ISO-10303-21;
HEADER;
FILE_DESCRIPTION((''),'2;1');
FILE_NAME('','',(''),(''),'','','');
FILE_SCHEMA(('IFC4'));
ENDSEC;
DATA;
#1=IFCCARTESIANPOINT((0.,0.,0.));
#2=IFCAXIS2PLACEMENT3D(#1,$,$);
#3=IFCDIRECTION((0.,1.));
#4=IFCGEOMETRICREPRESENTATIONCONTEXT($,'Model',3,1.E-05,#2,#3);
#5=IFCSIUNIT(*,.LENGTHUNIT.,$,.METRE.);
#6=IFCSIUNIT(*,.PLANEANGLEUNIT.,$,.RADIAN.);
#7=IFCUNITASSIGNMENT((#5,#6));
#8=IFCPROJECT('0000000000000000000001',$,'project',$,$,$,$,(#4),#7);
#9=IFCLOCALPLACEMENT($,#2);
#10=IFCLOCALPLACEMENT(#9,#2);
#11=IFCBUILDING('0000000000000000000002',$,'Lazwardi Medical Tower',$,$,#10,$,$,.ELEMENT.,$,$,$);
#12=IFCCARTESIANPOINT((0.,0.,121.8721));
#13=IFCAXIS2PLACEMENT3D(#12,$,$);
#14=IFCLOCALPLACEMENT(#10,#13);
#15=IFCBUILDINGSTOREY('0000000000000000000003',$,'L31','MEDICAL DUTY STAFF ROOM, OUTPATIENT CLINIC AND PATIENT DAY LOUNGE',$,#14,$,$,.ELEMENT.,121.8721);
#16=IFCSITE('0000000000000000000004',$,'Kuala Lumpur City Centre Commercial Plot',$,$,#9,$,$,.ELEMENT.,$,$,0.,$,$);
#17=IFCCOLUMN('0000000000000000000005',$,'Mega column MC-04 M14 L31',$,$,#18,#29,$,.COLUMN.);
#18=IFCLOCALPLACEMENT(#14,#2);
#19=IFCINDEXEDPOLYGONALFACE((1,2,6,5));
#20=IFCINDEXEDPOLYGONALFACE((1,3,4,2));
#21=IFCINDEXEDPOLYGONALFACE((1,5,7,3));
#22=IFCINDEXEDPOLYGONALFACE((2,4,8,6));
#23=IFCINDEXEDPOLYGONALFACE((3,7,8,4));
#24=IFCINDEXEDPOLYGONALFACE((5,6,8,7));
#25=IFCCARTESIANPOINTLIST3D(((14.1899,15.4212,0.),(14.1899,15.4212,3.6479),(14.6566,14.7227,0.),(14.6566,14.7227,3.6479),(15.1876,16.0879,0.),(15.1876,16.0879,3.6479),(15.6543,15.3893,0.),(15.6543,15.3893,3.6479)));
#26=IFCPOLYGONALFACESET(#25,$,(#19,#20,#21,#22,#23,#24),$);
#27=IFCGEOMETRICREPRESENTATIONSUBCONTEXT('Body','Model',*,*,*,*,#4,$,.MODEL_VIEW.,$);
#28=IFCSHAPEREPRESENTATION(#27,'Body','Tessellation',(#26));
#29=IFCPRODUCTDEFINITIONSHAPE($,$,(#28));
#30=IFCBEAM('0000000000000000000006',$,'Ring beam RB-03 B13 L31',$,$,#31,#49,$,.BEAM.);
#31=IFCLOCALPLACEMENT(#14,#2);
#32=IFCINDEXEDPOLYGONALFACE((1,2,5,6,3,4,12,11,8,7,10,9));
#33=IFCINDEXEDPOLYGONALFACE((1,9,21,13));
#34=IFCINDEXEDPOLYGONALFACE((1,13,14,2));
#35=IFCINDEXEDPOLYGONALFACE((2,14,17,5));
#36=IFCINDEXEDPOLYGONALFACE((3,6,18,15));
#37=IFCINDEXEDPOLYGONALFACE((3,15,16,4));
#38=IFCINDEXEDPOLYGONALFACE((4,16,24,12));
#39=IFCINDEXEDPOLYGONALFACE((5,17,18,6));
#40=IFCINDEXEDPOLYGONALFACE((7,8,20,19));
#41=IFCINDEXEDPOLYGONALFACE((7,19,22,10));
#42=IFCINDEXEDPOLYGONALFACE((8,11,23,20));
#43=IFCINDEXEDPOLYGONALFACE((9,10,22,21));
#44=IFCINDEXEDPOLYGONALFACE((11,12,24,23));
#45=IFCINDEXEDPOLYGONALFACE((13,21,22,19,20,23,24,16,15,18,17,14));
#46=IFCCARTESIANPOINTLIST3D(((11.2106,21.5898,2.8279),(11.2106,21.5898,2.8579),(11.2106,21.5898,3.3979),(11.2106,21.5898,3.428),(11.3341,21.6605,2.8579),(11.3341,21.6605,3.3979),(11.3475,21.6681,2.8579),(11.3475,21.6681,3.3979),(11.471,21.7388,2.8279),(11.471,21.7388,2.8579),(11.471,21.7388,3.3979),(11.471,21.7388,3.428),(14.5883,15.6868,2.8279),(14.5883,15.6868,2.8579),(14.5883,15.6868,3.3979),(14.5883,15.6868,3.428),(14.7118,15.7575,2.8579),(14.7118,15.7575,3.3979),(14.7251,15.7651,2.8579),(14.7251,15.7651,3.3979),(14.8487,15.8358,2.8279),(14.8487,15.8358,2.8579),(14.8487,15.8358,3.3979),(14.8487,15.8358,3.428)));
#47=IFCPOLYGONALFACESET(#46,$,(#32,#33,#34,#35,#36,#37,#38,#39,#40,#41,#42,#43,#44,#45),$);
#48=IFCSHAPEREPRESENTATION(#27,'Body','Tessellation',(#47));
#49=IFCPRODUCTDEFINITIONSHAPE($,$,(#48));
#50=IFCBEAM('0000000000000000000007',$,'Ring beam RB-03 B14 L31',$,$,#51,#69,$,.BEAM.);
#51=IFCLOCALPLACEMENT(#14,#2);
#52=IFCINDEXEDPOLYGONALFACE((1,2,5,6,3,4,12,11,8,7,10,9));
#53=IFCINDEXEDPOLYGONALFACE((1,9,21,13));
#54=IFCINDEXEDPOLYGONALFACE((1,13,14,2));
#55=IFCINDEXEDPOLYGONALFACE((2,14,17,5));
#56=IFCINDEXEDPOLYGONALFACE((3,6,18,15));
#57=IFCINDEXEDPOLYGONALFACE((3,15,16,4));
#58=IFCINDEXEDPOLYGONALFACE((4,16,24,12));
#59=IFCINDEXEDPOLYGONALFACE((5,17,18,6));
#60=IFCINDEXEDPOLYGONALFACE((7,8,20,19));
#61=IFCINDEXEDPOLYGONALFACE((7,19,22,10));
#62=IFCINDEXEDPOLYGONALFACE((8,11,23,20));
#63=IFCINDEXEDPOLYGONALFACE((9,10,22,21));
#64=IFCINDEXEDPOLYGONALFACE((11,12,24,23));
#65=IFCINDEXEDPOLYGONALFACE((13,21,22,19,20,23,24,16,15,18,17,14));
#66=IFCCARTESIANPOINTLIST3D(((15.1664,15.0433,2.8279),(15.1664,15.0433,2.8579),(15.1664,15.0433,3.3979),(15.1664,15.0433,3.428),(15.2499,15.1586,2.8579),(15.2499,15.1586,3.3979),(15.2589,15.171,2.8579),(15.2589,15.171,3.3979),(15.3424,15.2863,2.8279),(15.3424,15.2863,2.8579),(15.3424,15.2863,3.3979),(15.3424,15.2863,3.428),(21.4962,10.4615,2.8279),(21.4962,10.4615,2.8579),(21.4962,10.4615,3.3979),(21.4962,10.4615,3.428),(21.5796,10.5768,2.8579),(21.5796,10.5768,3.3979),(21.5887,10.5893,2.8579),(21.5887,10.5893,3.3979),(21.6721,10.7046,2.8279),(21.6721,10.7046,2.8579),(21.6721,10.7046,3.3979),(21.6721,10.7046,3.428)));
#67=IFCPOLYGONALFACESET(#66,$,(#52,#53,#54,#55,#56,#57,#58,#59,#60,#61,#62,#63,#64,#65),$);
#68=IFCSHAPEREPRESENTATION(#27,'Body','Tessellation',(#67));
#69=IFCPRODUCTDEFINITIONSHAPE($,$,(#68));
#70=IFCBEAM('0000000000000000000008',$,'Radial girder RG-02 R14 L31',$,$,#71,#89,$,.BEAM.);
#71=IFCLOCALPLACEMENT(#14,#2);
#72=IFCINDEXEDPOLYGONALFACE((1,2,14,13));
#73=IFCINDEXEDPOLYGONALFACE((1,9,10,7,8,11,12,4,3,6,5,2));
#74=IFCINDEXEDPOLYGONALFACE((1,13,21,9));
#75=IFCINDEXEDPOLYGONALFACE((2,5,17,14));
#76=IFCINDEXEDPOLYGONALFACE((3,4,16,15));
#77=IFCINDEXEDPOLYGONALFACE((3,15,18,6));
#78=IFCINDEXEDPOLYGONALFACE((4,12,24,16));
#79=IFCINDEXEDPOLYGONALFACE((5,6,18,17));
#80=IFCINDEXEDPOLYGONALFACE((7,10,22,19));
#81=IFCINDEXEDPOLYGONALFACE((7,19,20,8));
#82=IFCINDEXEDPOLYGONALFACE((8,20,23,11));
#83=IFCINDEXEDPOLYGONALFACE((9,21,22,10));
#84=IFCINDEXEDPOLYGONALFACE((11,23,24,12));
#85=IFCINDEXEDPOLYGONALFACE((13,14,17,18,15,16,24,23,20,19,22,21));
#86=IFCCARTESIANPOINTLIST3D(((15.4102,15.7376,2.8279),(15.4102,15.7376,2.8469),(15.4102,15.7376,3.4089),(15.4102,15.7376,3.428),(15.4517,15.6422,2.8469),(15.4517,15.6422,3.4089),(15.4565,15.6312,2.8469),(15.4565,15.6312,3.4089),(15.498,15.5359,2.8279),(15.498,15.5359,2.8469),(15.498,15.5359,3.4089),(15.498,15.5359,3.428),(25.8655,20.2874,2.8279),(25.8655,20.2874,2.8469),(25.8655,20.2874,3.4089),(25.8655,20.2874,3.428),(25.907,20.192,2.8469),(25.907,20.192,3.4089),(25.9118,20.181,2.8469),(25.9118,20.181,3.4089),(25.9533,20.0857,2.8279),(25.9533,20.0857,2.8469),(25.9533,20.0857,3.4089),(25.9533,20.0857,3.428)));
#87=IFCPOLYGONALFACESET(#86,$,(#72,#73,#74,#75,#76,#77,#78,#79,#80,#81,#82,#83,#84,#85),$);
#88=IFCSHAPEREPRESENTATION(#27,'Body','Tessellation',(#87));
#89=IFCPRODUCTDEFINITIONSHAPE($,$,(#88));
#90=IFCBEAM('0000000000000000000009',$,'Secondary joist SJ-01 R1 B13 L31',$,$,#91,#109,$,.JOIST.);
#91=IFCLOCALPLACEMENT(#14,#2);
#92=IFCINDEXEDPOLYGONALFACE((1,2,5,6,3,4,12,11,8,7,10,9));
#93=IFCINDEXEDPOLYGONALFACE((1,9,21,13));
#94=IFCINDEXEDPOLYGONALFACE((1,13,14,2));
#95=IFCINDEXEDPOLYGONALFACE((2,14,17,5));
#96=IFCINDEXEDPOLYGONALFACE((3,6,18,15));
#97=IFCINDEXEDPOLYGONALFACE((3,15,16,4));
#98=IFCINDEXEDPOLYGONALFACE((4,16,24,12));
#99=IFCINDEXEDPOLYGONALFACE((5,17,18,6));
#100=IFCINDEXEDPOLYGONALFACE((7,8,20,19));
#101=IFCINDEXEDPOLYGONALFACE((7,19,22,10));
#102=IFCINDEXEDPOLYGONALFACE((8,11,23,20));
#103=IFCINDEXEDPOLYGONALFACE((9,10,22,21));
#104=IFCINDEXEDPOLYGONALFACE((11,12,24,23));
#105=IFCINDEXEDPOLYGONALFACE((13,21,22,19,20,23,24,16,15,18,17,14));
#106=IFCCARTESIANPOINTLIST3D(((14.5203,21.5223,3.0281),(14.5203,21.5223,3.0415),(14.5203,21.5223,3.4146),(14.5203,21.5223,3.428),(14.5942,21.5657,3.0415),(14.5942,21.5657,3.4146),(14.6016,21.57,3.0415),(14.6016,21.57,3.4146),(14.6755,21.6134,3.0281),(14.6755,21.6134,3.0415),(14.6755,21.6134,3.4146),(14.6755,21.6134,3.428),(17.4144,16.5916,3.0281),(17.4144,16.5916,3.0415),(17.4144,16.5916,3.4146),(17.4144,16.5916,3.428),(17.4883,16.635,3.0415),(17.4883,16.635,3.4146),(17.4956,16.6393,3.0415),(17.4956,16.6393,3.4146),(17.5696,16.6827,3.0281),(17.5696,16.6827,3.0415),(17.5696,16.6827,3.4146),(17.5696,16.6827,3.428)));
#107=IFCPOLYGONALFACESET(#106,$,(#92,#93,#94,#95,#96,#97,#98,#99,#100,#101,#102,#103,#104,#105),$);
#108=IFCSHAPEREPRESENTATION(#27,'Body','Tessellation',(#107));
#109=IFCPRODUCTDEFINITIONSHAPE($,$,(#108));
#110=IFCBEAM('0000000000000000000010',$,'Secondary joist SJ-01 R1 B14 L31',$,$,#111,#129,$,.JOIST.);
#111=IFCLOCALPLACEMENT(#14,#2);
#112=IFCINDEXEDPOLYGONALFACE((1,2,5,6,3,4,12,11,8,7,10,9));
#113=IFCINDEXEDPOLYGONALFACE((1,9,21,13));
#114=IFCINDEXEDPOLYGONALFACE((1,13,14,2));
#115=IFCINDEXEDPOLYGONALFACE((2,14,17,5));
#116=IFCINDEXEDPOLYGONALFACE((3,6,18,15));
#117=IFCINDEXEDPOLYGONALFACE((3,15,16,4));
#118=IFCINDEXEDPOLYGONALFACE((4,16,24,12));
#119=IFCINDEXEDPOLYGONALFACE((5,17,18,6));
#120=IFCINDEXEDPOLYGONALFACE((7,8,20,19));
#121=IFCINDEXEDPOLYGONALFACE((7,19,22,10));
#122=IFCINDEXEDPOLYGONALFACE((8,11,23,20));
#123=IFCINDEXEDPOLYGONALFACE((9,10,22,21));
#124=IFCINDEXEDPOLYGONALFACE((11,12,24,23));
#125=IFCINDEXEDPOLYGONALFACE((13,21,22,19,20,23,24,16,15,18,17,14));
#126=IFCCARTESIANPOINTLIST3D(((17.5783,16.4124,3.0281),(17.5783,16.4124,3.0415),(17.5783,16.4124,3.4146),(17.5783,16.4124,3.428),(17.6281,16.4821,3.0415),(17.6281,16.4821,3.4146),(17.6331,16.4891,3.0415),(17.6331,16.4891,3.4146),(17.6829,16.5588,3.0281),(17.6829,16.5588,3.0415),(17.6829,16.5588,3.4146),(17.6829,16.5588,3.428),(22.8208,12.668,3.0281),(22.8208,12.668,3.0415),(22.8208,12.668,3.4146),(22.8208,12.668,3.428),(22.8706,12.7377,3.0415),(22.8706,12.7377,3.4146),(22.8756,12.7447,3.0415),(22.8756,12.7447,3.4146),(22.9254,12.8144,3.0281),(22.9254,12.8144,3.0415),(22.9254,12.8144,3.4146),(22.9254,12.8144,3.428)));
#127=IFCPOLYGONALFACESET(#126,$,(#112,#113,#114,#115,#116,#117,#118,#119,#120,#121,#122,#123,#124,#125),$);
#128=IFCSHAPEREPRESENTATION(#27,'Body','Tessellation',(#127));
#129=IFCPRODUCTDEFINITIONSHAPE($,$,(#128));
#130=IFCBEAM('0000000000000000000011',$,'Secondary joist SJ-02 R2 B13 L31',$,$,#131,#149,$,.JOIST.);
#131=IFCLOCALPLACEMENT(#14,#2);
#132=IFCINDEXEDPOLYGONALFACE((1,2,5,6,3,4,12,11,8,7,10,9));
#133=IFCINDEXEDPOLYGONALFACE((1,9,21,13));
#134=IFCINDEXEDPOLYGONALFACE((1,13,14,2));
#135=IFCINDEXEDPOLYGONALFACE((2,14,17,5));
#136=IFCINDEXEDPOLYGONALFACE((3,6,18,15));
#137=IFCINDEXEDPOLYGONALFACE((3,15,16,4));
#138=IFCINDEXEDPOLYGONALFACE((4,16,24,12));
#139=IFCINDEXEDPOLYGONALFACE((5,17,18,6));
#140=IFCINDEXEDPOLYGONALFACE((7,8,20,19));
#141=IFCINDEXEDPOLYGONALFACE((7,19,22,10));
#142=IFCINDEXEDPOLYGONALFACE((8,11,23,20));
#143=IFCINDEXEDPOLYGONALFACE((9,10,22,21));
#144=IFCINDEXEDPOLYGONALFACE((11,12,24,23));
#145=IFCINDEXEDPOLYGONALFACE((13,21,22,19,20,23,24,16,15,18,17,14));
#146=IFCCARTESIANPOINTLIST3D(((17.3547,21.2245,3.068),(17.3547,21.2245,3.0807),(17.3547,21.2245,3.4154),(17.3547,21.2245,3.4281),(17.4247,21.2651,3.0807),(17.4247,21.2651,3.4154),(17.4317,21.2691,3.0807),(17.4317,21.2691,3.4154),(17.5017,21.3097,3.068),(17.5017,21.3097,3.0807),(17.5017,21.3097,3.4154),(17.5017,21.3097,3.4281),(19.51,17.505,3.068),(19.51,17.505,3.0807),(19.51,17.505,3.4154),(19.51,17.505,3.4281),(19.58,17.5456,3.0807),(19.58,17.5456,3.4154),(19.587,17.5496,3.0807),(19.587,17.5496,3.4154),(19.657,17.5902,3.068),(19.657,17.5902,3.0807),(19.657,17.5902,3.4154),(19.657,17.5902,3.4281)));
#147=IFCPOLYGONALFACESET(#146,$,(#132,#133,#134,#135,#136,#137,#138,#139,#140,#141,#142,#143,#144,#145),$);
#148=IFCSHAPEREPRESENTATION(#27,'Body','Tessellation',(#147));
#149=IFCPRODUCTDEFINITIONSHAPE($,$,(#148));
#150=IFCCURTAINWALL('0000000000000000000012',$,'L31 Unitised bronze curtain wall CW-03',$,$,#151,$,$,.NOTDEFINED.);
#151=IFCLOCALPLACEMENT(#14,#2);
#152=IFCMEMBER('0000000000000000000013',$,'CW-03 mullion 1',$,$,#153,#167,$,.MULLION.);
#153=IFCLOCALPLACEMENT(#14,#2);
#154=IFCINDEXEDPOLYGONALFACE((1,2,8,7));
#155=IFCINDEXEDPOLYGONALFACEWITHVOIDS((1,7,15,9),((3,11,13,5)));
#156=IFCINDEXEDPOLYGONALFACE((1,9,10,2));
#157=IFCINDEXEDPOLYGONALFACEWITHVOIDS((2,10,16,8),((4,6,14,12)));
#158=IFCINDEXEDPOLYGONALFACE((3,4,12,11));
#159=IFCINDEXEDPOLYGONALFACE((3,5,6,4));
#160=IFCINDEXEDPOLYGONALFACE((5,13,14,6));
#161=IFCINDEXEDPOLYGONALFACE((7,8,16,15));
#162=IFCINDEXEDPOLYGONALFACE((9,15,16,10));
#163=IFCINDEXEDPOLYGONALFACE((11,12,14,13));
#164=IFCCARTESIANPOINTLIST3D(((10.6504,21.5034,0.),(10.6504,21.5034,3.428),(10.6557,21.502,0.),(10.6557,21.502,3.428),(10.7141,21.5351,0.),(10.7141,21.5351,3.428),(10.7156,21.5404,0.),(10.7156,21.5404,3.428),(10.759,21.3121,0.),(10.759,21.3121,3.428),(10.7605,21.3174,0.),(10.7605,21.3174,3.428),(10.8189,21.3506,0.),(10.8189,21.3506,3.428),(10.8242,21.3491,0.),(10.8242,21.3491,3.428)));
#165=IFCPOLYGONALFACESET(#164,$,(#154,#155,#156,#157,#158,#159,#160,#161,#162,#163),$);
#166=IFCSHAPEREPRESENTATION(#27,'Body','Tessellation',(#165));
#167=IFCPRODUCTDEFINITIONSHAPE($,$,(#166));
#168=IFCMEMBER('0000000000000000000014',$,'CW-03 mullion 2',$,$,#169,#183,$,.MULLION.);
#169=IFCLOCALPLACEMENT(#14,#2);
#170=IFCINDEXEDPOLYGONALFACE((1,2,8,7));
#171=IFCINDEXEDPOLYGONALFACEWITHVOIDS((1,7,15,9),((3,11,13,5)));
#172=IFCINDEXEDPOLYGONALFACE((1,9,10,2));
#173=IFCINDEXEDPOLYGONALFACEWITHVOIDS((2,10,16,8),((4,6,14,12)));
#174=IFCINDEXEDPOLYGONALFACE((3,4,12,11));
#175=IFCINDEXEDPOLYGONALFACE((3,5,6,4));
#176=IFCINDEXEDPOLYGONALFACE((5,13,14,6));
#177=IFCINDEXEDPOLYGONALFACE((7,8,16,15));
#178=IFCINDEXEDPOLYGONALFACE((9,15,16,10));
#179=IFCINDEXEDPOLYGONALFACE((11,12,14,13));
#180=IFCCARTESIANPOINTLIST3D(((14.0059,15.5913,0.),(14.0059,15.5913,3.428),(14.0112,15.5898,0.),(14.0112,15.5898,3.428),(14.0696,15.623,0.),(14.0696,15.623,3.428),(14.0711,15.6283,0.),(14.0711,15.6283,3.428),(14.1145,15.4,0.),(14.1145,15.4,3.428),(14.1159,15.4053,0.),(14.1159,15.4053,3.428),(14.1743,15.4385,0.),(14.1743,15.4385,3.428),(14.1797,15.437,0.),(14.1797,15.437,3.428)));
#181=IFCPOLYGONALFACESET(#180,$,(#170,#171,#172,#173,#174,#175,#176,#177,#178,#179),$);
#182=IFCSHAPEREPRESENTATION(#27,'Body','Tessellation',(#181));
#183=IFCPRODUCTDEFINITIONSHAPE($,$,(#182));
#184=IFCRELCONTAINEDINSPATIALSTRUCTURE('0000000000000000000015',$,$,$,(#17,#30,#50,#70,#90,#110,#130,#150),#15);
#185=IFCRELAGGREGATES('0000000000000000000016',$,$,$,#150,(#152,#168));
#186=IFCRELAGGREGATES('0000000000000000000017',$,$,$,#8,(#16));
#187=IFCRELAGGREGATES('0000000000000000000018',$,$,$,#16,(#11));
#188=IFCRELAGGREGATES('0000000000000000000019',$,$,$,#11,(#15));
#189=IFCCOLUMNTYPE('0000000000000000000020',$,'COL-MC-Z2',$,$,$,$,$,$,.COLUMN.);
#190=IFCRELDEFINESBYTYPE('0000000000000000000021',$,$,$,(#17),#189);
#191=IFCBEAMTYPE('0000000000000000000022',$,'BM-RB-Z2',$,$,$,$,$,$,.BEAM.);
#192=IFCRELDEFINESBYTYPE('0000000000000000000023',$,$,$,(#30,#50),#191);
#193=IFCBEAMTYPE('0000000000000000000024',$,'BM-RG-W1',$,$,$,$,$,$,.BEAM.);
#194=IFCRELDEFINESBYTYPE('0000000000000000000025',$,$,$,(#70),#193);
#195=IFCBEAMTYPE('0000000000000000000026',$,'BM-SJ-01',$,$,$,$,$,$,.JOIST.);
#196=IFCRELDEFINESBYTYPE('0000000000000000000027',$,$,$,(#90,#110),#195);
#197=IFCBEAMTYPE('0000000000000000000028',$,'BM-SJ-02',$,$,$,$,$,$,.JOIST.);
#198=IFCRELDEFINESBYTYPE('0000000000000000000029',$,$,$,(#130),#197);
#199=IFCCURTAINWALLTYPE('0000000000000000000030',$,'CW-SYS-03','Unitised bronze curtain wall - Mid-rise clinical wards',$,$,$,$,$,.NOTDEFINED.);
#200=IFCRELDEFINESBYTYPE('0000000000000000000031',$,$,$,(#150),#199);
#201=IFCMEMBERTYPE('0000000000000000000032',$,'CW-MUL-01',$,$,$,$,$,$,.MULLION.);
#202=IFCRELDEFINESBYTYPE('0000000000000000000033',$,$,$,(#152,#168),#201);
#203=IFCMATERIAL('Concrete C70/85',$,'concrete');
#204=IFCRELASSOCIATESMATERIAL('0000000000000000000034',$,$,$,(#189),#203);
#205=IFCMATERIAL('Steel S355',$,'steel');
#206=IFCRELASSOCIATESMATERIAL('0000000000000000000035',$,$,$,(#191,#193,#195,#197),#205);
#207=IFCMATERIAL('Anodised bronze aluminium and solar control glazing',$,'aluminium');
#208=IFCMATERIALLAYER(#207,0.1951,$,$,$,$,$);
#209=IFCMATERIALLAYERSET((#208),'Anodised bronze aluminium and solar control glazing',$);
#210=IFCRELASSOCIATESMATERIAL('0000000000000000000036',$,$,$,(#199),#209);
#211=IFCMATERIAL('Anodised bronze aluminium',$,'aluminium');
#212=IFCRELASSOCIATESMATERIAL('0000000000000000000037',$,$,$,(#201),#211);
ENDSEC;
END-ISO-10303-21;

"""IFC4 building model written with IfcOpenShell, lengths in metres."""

from ifc_helpers import new_model, si_unit, direction, frame, origin, origin_2d, place, context, subcontext, project, spatial, rectangle, hollow_rectangle, i_section, extrude, material, layer, layer_set, material_profile, profile_set, type_object, element, aggregate, save


model = new_model("IFC4")

# Units and contexts
model_context = context("Model", 3, precision=1e-05, world=origin(), true_north=direction((0.0, 1.0)))
body_context = subcontext(model_context, "Body", "Model", "MODEL_VIEW")
ifc_project = project(units=[si_unit("LENGTHUNIT", "METRE"), si_unit("PLANEANGLEUNIT", "RADIAN")], contexts=[model_context])

# Site, building, storey
site_placement = place(None, origin())
site = spatial("IfcSite", under=ifc_project, at=site_placement, Name="Kuala Lumpur City Centre Commercial Plot", CompositionType="ELEMENT", RefElevation=0.0)
building_placement = place(site_placement, origin())
building = spatial("IfcBuilding", under=site, at=building_placement, Name="Lazwardi Medical Tower", CompositionType="ELEMENT")
storey_placement = place(building_placement, frame((0.0, 0.0, 121.8721)))
storey = spatial("IfcBuildingStorey", under=building, at=storey_placement, Name="L31", Description="MEDICAL DUTY STAFF ROOM, OUTPATIENT CLINIC AND PATIENT DAY LOUNGE", CompositionType="ELEMENT", Elevation=121.8721)

# Column
ifc_material_1 = material(Name="Concrete C70/85", Category="concrete")
ifc_material_profile_1 = material_profile(ifc_material_1, rectangle(XDim=1.2, YDim=0.8401, at=origin_2d()), Name="CFT-RECT 1200x840")
ifc_profile_set_1 = profile_set([ifc_material_profile_1], Name="Concrete C70/85")
column_type = type_object("IfcColumnType", Name="COL-MC-Z2", PredefinedType="COLUMN", material=ifc_profile_set_1)
column_placement = place(storey_placement, frame((14.9221, 15.4053, 0.0), z_axis=(0.0, 0.0, 1.0), x_axis=(-0.83147, -0.55557, 0.0)))
element("IfcColumn", 1, at=column_placement, inside=storey, type_object=column_type, Name="Mega column MC-04 M14 L31", PredefinedType="COLUMN", context=body_context, shape_type="SweptSolid", body=[
    extrude(rectangle(XDim=1.2, YDim=0.8401, at=origin_2d()), origin(), (0.0, 0.0, 1.0), 3.6479),
])

# Beams
ifc_material_2 = material(Name="Steel S355", Category="steel")
ifc_material_profile_2 = material_profile(ifc_material_2, i_section(OverallWidth=0.3, OverallDepth=0.6001, WebThickness=0.0154, FlangeThickness=0.03, at=origin_2d()), Name="HEB 600")
ifc_profile_set_2 = profile_set([ifc_material_profile_2], Name="Steel S355")
beam_type_1 = type_object("IfcBeamType", Name="BM-RB-Z2", PredefinedType="BEAM", material=ifc_profile_set_2)
beam_1_placement = place(storey_placement, frame((11.3408, 21.6643, 3.1279), z_axis=(0.496638, -0.867958, 0.0), x_axis=(0.867958, 0.496638, 0.0)))
element("IfcBeam", 2, at=beam_1_placement, inside=storey, type_object=beam_type_1, Name="Ring beam RB-03 B13 L31", PredefinedType="BEAM", context=body_context, shape_type="SweptSolid", body=[
    extrude(i_section(OverallWidth=0.3, OverallDepth=0.6001, WebThickness=0.0154, FlangeThickness=0.03, at=origin_2d()), origin(), (0.0, 0.0, 1.0), 6.801),
])
beam_2_placement = place(storey_placement, frame((15.2544, 15.1648, 3.1279), z_axis=(0.810057, -0.586351, 0.0), x_axis=(0.586351, 0.810057, 0.0)))
element("IfcBeam", 3, at=beam_2_placement, inside=storey, type_object=beam_type_1, Name="Ring beam RB-03 B14 L31", PredefinedType="BEAM", context=body_context, shape_type="SweptSolid", body=[
    extrude(i_section(OverallWidth=0.3, OverallDepth=0.6001, WebThickness=0.0154, FlangeThickness=0.03, at=origin_2d()), origin(), (0.0, 0.0, 1.0), 7.814),
])
ifc_material_profile_3 = material_profile(ifc_material_2, i_section(OverallWidth=0.22, OverallDepth=0.6001, WebThickness=0.012, FlangeThickness=0.019, at=origin_2d()), Name="IPE 600")
ifc_profile_set_3 = profile_set([ifc_material_profile_3], Name="Steel S355")
beam_type_2 = type_object("IfcBeamType", Name="BM-RG-W1", PredefinedType="BEAM", material=ifc_profile_set_3)
beam_3_placement = place(storey_placement, frame((15.4541, 15.6367, 3.1279), z_axis=(0.916941, 0.399022, 0.0), x_axis=(-0.399022, 0.916941, 0.0)))
element("IfcBeam", 4, at=beam_3_placement, inside=storey, type_object=beam_type_2, Name="Radial girder RG-02 R14 L31", PredefinedType="BEAM", context=body_context, shape_type="SweptSolid", body=[
    extrude(i_section(OverallWidth=0.22, OverallDepth=0.6001, WebThickness=0.012, FlangeThickness=0.019, at=origin_2d()), origin(), (0.0, 0.0, 1.0), 11.4023),
])
ifc_material_profile_4 = material_profile(ifc_material_2, i_section(OverallWidth=0.1799, OverallDepth=0.3999, WebThickness=0.0085, FlangeThickness=0.0134, at=origin_2d()), Name="IPE 400")
ifc_profile_set_4 = profile_set([ifc_material_profile_4], Name="Steel S355")
beam_type_3 = type_object("IfcBeamType", Name="BM-SJ-01", PredefinedType="JOIST", material=ifc_profile_set_4)
beam_4_placement = place(storey_placement, frame((14.5979, 21.5679, 3.228), z_axis=(0.506195, -0.862419, 0.0), x_axis=(0.862419, 0.506195, 0.0)))
element("IfcBeam", 5, at=beam_4_placement, inside=storey, type_object=beam_type_3, Name="Secondary joist SJ-01 R1 B13 L31", PredefinedType="JOIST", context=body_context, shape_type="SweptSolid", body=[
    extrude(i_section(OverallWidth=0.1799, OverallDepth=0.3999, WebThickness=0.0085, FlangeThickness=0.0134, at=origin_2d()), origin(), (0.0, 0.0, 1.0), 5.7173),
])
beam_5_placement = place(storey_placement, frame((17.6306, 16.4856, 3.228), z_axis=(0.813749, -0.581217, 0.0), x_axis=(0.581217, 0.813749, 0.0)))
element("IfcBeam", 6, at=beam_5_placement, inside=storey, type_object=beam_type_3, Name="Secondary joist SJ-01 R1 B14 L31", PredefinedType="JOIST", context=body_context, shape_type="SweptSolid", body=[
    extrude(i_section(OverallWidth=0.1799, OverallDepth=0.3999, WebThickness=0.0085, FlangeThickness=0.0134, at=origin_2d()), origin(), (0.0, 0.0, 1.0), 6.4424),
])
ifc_material_profile_5 = material_profile(ifc_material_2, i_section(OverallWidth=0.1699, OverallDepth=0.3601, WebThickness=0.0081, FlangeThickness=0.0127, at=origin_2d()), Name="IPE 360")
ifc_profile_set_5 = profile_set([ifc_material_profile_5], Name="Steel S355")
beam_type_4 = type_object("IfcBeamType", Name="BM-SJ-02", PredefinedType="JOIST", material=ifc_profile_set_5)
beam_6_placement = place(storey_placement, frame((17.4282, 21.2671, 3.248), z_axis=(0.501365, -0.865236, 0.0), x_axis=(0.865236, 0.501365, 0.0)))
element("IfcBeam", 7, at=beam_6_placement, inside=storey, type_object=beam_type_4, Name="Secondary joist SJ-02 R2 B13 L31", PredefinedType="JOIST", context=body_context, shape_type="SweptSolid", body=[
    extrude(i_section(OverallWidth=0.1699, OverallDepth=0.3601, WebThickness=0.0081, FlangeThickness=0.0127, at=origin_2d()), origin(), (0.0, 0.0, 1.0), 4.2988),
])

# Curtain wall, members
ifc_material_3 = material(Name="Anodised bronze aluminium and solar control glazing", Category="aluminium")
ifc_layer_1 = layer(ifc_material_3, 0.1951)
ifc_layer_set_1 = layer_set([ifc_layer_1], Name="Anodised bronze aluminium and solar control glazing")
curtain_wall_type = type_object("IfcCurtainWallType", Name="CW-SYS-03", Description="Unitised bronze curtain wall - Mid-rise clinical wards", PredefinedType="NOTDEFINED", material=ifc_layer_set_1)
curtain_wall_1_placement = place(storey_placement, origin())
curtain_wall_1 = element("IfcCurtainWall", 8, at=curtain_wall_1_placement, inside=storey, type_object=curtain_wall_type, Name="L31 Unitised bronze curtain wall CW-03", PredefinedType="NOTDEFINED")
ifc_material_4 = material(Name="Anodised bronze aluminium", Category="aluminium")
ifc_material_profile_6 = material_profile(ifc_material_4, hollow_rectangle(XDim=0.075, YDim=0.22, WallThickness=0.0039, at=origin_2d()), Name="ALU-MULLION 220x75x4")
ifc_profile_set_6 = profile_set([ifc_material_profile_6], Name="Anodised bronze aluminium")
member_type_1 = type_object("IfcMemberType", Name="CW-MUL-01", PredefinedType="MULLION", material=ifc_profile_set_6)
member_1_placement = place(storey_placement, frame((10.7373, 21.4263, 0.0), z_axis=(0.0, 0.0, 1.0), x_axis=(0.869687, 0.493603, 0.0)))
member_1 = element("IfcMember", 9, at=member_1_placement, type_object=member_type_1, Name="CW-03 mullion 1", PredefinedType="MULLION", context=body_context, shape_type="SweptSolid", body=[
    extrude(hollow_rectangle(XDim=0.075, YDim=0.22, WallThickness=0.0039, at=origin_2d()), origin(), (0.0, 0.0, 1.0), 3.428),
])
member_2_placement = place(storey_placement, frame((14.0928, 15.5142, 0.0), z_axis=(0.0, 0.0, 1.0), x_axis=(0.869687, 0.493603, 0.0)))
member_2 = element("IfcMember", 10, at=member_2_placement, type_object=member_type_1, Name="CW-03 mullion 2", PredefinedType="MULLION", context=body_context, shape_type="SweptSolid", body=[
    extrude(hollow_rectangle(XDim=0.075, YDim=0.22, WallThickness=0.0039, at=origin_2d()), origin(), (0.0, 0.0, 1.0), 3.428),
])

aggregate(curtain_wall_1, [member_1, member_2])

save(model, "model.ifc")
